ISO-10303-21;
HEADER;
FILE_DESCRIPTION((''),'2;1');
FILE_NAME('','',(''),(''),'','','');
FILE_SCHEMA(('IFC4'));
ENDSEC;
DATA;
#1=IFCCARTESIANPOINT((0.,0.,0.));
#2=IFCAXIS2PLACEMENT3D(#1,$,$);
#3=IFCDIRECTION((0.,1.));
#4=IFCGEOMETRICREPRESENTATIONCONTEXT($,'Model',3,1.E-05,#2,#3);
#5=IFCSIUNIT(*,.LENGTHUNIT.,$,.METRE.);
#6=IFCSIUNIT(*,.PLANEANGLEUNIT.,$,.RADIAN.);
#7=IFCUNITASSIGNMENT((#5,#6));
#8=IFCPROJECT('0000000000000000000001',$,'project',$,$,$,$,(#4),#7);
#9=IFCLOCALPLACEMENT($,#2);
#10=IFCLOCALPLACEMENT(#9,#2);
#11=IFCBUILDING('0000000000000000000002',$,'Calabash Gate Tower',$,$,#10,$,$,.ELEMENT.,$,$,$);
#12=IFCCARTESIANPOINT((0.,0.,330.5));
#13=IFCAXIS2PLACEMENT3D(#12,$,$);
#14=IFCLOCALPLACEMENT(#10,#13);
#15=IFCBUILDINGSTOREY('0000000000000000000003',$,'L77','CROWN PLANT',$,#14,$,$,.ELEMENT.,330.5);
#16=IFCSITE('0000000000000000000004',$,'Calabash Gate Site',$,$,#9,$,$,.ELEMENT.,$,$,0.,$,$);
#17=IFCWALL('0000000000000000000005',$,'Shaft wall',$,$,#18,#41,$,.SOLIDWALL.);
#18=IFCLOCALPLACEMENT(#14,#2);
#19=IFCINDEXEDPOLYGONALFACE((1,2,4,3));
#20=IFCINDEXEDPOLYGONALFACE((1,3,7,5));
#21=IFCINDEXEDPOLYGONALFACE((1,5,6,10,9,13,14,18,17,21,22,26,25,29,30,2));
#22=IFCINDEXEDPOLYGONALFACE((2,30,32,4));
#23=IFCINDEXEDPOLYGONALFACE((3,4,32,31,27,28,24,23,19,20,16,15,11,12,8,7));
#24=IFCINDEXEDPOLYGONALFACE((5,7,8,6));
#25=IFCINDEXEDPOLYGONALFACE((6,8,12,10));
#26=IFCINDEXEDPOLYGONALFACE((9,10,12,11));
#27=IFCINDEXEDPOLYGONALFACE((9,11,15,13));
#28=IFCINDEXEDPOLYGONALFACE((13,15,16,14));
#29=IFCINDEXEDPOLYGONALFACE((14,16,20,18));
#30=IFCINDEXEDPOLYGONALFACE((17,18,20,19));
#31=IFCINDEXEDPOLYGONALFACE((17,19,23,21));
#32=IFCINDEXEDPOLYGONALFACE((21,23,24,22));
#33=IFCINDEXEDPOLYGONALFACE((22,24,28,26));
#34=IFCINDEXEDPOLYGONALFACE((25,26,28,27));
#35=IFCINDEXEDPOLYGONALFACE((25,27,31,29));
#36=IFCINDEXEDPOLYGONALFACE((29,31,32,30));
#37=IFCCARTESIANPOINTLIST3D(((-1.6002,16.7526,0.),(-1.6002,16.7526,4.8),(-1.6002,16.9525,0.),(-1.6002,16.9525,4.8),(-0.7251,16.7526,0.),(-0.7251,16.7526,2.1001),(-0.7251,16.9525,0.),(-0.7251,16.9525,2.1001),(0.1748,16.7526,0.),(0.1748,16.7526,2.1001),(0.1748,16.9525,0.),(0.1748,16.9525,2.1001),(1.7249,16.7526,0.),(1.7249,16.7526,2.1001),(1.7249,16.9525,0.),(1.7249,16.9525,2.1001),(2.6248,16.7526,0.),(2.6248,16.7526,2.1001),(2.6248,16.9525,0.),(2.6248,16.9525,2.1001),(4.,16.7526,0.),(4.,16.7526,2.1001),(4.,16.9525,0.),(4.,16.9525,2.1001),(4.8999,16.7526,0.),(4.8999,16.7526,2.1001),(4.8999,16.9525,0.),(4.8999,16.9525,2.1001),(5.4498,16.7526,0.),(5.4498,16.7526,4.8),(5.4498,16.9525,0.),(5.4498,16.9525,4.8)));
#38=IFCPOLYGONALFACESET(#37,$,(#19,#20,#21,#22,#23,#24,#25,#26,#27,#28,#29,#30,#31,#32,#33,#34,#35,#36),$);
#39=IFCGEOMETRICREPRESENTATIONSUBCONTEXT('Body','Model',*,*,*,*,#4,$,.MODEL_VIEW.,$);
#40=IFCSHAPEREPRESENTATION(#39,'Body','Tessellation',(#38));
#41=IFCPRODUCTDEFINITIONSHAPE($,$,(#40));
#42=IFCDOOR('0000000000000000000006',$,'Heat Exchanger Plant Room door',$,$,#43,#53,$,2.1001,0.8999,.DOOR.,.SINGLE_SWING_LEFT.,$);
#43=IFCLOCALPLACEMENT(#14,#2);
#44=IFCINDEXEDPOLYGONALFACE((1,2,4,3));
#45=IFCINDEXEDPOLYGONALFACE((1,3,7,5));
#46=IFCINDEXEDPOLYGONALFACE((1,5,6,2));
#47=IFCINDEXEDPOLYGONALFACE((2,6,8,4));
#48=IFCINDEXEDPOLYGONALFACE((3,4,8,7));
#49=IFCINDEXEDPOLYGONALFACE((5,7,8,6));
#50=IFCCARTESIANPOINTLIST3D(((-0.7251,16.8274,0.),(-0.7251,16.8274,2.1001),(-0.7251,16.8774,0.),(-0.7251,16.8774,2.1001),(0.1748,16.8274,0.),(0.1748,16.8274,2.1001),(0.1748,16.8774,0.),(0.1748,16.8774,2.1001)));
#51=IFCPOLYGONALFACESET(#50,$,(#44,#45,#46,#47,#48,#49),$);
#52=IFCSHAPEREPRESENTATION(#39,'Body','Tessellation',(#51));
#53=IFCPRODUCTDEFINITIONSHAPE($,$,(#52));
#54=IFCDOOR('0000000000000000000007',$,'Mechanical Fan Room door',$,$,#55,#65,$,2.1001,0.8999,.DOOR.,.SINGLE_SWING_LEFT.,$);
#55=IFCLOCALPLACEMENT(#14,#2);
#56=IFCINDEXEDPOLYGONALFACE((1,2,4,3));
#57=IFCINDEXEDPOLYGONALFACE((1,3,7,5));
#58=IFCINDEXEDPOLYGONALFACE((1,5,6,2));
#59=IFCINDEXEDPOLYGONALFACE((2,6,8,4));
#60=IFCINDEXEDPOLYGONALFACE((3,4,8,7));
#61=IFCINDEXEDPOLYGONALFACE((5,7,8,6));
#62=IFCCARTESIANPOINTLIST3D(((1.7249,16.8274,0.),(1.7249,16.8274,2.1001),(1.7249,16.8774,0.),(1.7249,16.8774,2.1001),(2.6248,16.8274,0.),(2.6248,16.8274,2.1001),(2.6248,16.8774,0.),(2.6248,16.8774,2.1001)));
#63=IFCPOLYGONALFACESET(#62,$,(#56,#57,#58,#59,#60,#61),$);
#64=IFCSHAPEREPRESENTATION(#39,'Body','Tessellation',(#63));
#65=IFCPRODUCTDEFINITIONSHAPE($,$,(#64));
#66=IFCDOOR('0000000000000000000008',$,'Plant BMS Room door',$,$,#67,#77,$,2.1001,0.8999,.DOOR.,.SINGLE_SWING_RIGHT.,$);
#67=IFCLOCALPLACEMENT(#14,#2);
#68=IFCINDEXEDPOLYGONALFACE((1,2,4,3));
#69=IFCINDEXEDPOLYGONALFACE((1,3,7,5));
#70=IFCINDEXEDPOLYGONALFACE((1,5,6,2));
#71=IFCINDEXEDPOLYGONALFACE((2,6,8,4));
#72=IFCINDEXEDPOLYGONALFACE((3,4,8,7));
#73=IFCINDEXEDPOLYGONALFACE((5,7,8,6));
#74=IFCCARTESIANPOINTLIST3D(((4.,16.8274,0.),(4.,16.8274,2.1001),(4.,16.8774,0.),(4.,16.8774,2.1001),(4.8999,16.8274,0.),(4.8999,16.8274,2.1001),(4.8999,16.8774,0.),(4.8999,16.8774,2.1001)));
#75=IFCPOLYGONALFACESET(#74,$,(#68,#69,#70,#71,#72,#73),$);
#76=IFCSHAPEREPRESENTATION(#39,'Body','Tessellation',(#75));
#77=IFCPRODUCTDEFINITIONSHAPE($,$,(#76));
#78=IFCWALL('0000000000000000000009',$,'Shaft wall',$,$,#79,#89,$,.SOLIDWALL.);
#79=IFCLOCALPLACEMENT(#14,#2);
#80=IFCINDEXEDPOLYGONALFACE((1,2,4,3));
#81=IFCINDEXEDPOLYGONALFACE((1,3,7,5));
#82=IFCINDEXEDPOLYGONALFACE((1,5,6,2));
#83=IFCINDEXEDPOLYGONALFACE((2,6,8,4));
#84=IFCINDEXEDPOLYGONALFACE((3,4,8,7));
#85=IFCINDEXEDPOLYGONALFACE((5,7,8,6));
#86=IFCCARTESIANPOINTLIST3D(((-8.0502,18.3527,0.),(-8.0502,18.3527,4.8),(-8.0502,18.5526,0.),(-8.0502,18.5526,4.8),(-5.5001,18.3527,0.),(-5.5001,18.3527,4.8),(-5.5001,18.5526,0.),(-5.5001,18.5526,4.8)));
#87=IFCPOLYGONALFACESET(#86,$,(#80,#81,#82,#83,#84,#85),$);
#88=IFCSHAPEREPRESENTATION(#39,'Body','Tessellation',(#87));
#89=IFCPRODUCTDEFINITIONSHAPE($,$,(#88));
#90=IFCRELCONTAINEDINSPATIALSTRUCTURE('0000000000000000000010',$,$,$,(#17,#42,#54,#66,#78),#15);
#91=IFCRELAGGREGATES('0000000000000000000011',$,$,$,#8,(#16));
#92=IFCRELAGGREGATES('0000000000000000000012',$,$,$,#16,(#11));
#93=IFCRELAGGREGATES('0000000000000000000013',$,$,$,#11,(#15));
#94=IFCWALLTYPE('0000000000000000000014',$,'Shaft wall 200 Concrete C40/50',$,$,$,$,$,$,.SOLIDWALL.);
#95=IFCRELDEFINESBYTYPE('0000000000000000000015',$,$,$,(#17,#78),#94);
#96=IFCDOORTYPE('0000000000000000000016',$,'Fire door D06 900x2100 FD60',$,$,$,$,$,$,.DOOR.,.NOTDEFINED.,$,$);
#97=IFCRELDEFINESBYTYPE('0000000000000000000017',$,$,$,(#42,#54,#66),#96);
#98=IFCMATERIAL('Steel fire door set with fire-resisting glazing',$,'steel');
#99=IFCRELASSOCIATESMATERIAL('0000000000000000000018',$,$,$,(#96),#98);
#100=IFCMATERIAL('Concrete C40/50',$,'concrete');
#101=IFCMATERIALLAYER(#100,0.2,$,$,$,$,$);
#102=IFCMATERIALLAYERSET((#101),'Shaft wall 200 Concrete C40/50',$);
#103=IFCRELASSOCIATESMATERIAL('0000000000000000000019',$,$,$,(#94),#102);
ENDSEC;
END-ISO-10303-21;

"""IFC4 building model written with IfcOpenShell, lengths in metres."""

from ifc_helpers import new_model, si_unit, direction, frame, frame_2d, origin, place, context, subcontext, project, spatial, rectangle, extrude, material, layer, layer_set, type_object, element, fill, save


model = new_model("IFC4")

# Units and contexts
model_context = context("Model", 3, precision=1e-05, world=origin(), true_north=direction((0.0, 1.0)))
body_context = subcontext(model_context, "Body", "Model", "MODEL_VIEW")
ifc_project = project(units=[si_unit("LENGTHUNIT", "METRE"), si_unit("PLANEANGLEUNIT", "RADIAN")], contexts=[model_context])

# Site, building, storey
site_placement = place(None, origin())
site = spatial("IfcSite", under=ifc_project, at=site_placement, Name="Calabash Gate Site", CompositionType="ELEMENT", RefElevation=0.0)
building_placement = place(site_placement, origin())
building = spatial("IfcBuilding", under=site, at=building_placement, Name="Calabash Gate Tower", CompositionType="ELEMENT")
storey_placement = place(building_placement, frame((0.0, 0.0, 330.5)))
storey = spatial("IfcBuildingStorey", under=building, at=storey_placement, Name="L77", Description="CROWN PLANT", CompositionType="ELEMENT", Elevation=330.5)

# Shared definitions
ifc_material_1 = material(Name="Steel fire door set with fire-resisting glazing", Category="steel")
door_type_1 = type_object("IfcDoorType", Name="Fire door D06 900x2100 FD60", OperationType="NOTDEFINED", PredefinedType="DOOR", material=ifc_material_1)

# Shared definitions
ifc_material_2 = material(Name="Concrete C40/50", Category="concrete")
ifc_layer_1 = layer(ifc_material_2, 0.2)
ifc_layer_set_1 = layer_set([ifc_layer_1], Name="Shaft wall 200 Concrete C40/50")
wall_type_1 = type_object("IfcWallType", Name="Shaft wall 200 Concrete C40/50", PredefinedType="SOLIDWALL", material=ifc_layer_set_1)

# Wall, openings, doors
wall_1_placement = place(storey_placement, frame((-1.6001, 16.8525, 0.0), z_axis=(0.0, 0.0, 1.0), x_axis=(1.0, 0.0, 0.0)))
wall_1 = element("IfcWall", 1, at=wall_1_placement, inside=storey, type_object=wall_type_1, Name="Shaft wall", PredefinedType="SOLIDWALL", context=body_context, shape_type="SweptSolid", body=[
    extrude(rectangle(XDim=7.05, YDim=0.2, at=frame_2d((3.5249, 0.0))), origin(), (0.0, 0.0, 1.0), 4.8),
])
opening_1_placement = place(wall_1_placement, frame((0.875, 0.0, 0.0)))
opening_1 = element("IfcOpeningElement", 2, at=opening_1_placement, cuts=wall_1, PredefinedType="OPENING", context=body_context, shape_type="SweptSolid", body=[
    extrude(rectangle(XDim=0.8999, YDim=2.1001, at=frame_2d((0.45, 1.05))), frame((0.0, 0.1099, 0.0), z_axis=(0.0, -1.0, 0.0), x_axis=(1.0, 0.0, 0.0)), (0.0, 0.0, 1.0), 0.22),
])
opening_2_placement = place(wall_1_placement, frame((3.325, 0.0, 0.0)))
opening_2 = element("IfcOpeningElement", 3, at=opening_2_placement, cuts=wall_1, PredefinedType="OPENING", context=body_context, shape_type="SweptSolid", body=[
    extrude(rectangle(XDim=0.8999, YDim=2.1001, at=frame_2d((0.45, 1.05))), frame((0.0, 0.1099, 0.0), z_axis=(0.0, -1.0, 0.0), x_axis=(1.0, 0.0, 0.0)), (0.0, 0.0, 1.0), 0.22),
])
opening_3_placement = place(wall_1_placement, frame((5.6001, 0.0, 0.0)))
opening_3 = element("IfcOpeningElement", 4, at=opening_3_placement, cuts=wall_1, PredefinedType="OPENING", context=body_context, shape_type="SweptSolid", body=[
    extrude(rectangle(XDim=0.8999, YDim=2.1001, at=frame_2d((0.45, 1.05))), frame((0.0, 0.1099, 0.0), z_axis=(0.0, -1.0, 0.0), x_axis=(1.0, 0.0, 0.0)), (0.0, 0.0, 1.0), 0.22),
])
door_1_placement = place(opening_1_placement, origin())
door_1 = element("IfcDoor", 5, at=door_1_placement, inside=storey, type_object=door_type_1, Name="Heat Exchanger Plant Room door", OperationType="SINGLE_SWING_LEFT", OverallHeight=2.1001, OverallWidth=0.8999, PredefinedType="DOOR", context=body_context, shape_type="SweptSolid", body=[
    extrude(rectangle(XDim=0.8999, YDim=2.1001, at=frame_2d((0.45, 1.05))), frame((0.0, 0.0249, 0.0), z_axis=(0.0, -1.0, 0.0), x_axis=(1.0, 0.0, 0.0)), (0.0, 0.0, 1.0), 0.05),
])
fill(opening_1, door_1)
door_2_placement = place(opening_2_placement, origin())
door_2 = element("IfcDoor", 6, at=door_2_placement, inside=storey, type_object=door_type_1, Name="Mechanical Fan Room door", OperationType="SINGLE_SWING_LEFT", OverallHeight=2.1001, OverallWidth=0.8999, PredefinedType="DOOR", context=body_context, shape_type="SweptSolid", body=[
    extrude(rectangle(XDim=0.8999, YDim=2.1001, at=frame_2d((0.45, 1.05))), frame((0.0, 0.0249, 0.0), z_axis=(0.0, -1.0, 0.0), x_axis=(1.0, 0.0, 0.0)), (0.0, 0.0, 1.0), 0.05),
])
fill(opening_2, door_2)
door_3_placement = place(opening_3_placement, origin())
door_3 = element("IfcDoor", 7, at=door_3_placement, inside=storey, type_object=door_type_1, Name="Plant BMS Room door", OperationType="SINGLE_SWING_RIGHT", OverallHeight=2.1001, OverallWidth=0.8999, PredefinedType="DOOR", context=body_context, shape_type="SweptSolid", body=[
    extrude(rectangle(XDim=0.8999, YDim=2.1001, at=frame_2d((0.45, 1.05))), frame((0.0, 0.0249, 0.0), z_axis=(0.0, -1.0, 0.0), x_axis=(1.0, 0.0, 0.0)), (0.0, 0.0, 1.0), 0.05),
])
fill(opening_3, door_3)

# Wall
wall_2_placement = place(storey_placement, frame((-8.05, 18.4526, 0.0), z_axis=(0.0, 0.0, 1.0), x_axis=(1.0, 0.0, 0.0)))
element("IfcWall", 8, at=wall_2_placement, inside=storey, type_object=wall_type_1, Name="Shaft wall", PredefinedType="SOLIDWALL", context=body_context, shape_type="SweptSolid", body=[
    extrude(rectangle(XDim=2.55, YDim=0.2, at=frame_2d((1.2749, 0.0))), origin(), (0.0, 0.0, 1.0), 4.8),
])

save(model, "model.ifc")
